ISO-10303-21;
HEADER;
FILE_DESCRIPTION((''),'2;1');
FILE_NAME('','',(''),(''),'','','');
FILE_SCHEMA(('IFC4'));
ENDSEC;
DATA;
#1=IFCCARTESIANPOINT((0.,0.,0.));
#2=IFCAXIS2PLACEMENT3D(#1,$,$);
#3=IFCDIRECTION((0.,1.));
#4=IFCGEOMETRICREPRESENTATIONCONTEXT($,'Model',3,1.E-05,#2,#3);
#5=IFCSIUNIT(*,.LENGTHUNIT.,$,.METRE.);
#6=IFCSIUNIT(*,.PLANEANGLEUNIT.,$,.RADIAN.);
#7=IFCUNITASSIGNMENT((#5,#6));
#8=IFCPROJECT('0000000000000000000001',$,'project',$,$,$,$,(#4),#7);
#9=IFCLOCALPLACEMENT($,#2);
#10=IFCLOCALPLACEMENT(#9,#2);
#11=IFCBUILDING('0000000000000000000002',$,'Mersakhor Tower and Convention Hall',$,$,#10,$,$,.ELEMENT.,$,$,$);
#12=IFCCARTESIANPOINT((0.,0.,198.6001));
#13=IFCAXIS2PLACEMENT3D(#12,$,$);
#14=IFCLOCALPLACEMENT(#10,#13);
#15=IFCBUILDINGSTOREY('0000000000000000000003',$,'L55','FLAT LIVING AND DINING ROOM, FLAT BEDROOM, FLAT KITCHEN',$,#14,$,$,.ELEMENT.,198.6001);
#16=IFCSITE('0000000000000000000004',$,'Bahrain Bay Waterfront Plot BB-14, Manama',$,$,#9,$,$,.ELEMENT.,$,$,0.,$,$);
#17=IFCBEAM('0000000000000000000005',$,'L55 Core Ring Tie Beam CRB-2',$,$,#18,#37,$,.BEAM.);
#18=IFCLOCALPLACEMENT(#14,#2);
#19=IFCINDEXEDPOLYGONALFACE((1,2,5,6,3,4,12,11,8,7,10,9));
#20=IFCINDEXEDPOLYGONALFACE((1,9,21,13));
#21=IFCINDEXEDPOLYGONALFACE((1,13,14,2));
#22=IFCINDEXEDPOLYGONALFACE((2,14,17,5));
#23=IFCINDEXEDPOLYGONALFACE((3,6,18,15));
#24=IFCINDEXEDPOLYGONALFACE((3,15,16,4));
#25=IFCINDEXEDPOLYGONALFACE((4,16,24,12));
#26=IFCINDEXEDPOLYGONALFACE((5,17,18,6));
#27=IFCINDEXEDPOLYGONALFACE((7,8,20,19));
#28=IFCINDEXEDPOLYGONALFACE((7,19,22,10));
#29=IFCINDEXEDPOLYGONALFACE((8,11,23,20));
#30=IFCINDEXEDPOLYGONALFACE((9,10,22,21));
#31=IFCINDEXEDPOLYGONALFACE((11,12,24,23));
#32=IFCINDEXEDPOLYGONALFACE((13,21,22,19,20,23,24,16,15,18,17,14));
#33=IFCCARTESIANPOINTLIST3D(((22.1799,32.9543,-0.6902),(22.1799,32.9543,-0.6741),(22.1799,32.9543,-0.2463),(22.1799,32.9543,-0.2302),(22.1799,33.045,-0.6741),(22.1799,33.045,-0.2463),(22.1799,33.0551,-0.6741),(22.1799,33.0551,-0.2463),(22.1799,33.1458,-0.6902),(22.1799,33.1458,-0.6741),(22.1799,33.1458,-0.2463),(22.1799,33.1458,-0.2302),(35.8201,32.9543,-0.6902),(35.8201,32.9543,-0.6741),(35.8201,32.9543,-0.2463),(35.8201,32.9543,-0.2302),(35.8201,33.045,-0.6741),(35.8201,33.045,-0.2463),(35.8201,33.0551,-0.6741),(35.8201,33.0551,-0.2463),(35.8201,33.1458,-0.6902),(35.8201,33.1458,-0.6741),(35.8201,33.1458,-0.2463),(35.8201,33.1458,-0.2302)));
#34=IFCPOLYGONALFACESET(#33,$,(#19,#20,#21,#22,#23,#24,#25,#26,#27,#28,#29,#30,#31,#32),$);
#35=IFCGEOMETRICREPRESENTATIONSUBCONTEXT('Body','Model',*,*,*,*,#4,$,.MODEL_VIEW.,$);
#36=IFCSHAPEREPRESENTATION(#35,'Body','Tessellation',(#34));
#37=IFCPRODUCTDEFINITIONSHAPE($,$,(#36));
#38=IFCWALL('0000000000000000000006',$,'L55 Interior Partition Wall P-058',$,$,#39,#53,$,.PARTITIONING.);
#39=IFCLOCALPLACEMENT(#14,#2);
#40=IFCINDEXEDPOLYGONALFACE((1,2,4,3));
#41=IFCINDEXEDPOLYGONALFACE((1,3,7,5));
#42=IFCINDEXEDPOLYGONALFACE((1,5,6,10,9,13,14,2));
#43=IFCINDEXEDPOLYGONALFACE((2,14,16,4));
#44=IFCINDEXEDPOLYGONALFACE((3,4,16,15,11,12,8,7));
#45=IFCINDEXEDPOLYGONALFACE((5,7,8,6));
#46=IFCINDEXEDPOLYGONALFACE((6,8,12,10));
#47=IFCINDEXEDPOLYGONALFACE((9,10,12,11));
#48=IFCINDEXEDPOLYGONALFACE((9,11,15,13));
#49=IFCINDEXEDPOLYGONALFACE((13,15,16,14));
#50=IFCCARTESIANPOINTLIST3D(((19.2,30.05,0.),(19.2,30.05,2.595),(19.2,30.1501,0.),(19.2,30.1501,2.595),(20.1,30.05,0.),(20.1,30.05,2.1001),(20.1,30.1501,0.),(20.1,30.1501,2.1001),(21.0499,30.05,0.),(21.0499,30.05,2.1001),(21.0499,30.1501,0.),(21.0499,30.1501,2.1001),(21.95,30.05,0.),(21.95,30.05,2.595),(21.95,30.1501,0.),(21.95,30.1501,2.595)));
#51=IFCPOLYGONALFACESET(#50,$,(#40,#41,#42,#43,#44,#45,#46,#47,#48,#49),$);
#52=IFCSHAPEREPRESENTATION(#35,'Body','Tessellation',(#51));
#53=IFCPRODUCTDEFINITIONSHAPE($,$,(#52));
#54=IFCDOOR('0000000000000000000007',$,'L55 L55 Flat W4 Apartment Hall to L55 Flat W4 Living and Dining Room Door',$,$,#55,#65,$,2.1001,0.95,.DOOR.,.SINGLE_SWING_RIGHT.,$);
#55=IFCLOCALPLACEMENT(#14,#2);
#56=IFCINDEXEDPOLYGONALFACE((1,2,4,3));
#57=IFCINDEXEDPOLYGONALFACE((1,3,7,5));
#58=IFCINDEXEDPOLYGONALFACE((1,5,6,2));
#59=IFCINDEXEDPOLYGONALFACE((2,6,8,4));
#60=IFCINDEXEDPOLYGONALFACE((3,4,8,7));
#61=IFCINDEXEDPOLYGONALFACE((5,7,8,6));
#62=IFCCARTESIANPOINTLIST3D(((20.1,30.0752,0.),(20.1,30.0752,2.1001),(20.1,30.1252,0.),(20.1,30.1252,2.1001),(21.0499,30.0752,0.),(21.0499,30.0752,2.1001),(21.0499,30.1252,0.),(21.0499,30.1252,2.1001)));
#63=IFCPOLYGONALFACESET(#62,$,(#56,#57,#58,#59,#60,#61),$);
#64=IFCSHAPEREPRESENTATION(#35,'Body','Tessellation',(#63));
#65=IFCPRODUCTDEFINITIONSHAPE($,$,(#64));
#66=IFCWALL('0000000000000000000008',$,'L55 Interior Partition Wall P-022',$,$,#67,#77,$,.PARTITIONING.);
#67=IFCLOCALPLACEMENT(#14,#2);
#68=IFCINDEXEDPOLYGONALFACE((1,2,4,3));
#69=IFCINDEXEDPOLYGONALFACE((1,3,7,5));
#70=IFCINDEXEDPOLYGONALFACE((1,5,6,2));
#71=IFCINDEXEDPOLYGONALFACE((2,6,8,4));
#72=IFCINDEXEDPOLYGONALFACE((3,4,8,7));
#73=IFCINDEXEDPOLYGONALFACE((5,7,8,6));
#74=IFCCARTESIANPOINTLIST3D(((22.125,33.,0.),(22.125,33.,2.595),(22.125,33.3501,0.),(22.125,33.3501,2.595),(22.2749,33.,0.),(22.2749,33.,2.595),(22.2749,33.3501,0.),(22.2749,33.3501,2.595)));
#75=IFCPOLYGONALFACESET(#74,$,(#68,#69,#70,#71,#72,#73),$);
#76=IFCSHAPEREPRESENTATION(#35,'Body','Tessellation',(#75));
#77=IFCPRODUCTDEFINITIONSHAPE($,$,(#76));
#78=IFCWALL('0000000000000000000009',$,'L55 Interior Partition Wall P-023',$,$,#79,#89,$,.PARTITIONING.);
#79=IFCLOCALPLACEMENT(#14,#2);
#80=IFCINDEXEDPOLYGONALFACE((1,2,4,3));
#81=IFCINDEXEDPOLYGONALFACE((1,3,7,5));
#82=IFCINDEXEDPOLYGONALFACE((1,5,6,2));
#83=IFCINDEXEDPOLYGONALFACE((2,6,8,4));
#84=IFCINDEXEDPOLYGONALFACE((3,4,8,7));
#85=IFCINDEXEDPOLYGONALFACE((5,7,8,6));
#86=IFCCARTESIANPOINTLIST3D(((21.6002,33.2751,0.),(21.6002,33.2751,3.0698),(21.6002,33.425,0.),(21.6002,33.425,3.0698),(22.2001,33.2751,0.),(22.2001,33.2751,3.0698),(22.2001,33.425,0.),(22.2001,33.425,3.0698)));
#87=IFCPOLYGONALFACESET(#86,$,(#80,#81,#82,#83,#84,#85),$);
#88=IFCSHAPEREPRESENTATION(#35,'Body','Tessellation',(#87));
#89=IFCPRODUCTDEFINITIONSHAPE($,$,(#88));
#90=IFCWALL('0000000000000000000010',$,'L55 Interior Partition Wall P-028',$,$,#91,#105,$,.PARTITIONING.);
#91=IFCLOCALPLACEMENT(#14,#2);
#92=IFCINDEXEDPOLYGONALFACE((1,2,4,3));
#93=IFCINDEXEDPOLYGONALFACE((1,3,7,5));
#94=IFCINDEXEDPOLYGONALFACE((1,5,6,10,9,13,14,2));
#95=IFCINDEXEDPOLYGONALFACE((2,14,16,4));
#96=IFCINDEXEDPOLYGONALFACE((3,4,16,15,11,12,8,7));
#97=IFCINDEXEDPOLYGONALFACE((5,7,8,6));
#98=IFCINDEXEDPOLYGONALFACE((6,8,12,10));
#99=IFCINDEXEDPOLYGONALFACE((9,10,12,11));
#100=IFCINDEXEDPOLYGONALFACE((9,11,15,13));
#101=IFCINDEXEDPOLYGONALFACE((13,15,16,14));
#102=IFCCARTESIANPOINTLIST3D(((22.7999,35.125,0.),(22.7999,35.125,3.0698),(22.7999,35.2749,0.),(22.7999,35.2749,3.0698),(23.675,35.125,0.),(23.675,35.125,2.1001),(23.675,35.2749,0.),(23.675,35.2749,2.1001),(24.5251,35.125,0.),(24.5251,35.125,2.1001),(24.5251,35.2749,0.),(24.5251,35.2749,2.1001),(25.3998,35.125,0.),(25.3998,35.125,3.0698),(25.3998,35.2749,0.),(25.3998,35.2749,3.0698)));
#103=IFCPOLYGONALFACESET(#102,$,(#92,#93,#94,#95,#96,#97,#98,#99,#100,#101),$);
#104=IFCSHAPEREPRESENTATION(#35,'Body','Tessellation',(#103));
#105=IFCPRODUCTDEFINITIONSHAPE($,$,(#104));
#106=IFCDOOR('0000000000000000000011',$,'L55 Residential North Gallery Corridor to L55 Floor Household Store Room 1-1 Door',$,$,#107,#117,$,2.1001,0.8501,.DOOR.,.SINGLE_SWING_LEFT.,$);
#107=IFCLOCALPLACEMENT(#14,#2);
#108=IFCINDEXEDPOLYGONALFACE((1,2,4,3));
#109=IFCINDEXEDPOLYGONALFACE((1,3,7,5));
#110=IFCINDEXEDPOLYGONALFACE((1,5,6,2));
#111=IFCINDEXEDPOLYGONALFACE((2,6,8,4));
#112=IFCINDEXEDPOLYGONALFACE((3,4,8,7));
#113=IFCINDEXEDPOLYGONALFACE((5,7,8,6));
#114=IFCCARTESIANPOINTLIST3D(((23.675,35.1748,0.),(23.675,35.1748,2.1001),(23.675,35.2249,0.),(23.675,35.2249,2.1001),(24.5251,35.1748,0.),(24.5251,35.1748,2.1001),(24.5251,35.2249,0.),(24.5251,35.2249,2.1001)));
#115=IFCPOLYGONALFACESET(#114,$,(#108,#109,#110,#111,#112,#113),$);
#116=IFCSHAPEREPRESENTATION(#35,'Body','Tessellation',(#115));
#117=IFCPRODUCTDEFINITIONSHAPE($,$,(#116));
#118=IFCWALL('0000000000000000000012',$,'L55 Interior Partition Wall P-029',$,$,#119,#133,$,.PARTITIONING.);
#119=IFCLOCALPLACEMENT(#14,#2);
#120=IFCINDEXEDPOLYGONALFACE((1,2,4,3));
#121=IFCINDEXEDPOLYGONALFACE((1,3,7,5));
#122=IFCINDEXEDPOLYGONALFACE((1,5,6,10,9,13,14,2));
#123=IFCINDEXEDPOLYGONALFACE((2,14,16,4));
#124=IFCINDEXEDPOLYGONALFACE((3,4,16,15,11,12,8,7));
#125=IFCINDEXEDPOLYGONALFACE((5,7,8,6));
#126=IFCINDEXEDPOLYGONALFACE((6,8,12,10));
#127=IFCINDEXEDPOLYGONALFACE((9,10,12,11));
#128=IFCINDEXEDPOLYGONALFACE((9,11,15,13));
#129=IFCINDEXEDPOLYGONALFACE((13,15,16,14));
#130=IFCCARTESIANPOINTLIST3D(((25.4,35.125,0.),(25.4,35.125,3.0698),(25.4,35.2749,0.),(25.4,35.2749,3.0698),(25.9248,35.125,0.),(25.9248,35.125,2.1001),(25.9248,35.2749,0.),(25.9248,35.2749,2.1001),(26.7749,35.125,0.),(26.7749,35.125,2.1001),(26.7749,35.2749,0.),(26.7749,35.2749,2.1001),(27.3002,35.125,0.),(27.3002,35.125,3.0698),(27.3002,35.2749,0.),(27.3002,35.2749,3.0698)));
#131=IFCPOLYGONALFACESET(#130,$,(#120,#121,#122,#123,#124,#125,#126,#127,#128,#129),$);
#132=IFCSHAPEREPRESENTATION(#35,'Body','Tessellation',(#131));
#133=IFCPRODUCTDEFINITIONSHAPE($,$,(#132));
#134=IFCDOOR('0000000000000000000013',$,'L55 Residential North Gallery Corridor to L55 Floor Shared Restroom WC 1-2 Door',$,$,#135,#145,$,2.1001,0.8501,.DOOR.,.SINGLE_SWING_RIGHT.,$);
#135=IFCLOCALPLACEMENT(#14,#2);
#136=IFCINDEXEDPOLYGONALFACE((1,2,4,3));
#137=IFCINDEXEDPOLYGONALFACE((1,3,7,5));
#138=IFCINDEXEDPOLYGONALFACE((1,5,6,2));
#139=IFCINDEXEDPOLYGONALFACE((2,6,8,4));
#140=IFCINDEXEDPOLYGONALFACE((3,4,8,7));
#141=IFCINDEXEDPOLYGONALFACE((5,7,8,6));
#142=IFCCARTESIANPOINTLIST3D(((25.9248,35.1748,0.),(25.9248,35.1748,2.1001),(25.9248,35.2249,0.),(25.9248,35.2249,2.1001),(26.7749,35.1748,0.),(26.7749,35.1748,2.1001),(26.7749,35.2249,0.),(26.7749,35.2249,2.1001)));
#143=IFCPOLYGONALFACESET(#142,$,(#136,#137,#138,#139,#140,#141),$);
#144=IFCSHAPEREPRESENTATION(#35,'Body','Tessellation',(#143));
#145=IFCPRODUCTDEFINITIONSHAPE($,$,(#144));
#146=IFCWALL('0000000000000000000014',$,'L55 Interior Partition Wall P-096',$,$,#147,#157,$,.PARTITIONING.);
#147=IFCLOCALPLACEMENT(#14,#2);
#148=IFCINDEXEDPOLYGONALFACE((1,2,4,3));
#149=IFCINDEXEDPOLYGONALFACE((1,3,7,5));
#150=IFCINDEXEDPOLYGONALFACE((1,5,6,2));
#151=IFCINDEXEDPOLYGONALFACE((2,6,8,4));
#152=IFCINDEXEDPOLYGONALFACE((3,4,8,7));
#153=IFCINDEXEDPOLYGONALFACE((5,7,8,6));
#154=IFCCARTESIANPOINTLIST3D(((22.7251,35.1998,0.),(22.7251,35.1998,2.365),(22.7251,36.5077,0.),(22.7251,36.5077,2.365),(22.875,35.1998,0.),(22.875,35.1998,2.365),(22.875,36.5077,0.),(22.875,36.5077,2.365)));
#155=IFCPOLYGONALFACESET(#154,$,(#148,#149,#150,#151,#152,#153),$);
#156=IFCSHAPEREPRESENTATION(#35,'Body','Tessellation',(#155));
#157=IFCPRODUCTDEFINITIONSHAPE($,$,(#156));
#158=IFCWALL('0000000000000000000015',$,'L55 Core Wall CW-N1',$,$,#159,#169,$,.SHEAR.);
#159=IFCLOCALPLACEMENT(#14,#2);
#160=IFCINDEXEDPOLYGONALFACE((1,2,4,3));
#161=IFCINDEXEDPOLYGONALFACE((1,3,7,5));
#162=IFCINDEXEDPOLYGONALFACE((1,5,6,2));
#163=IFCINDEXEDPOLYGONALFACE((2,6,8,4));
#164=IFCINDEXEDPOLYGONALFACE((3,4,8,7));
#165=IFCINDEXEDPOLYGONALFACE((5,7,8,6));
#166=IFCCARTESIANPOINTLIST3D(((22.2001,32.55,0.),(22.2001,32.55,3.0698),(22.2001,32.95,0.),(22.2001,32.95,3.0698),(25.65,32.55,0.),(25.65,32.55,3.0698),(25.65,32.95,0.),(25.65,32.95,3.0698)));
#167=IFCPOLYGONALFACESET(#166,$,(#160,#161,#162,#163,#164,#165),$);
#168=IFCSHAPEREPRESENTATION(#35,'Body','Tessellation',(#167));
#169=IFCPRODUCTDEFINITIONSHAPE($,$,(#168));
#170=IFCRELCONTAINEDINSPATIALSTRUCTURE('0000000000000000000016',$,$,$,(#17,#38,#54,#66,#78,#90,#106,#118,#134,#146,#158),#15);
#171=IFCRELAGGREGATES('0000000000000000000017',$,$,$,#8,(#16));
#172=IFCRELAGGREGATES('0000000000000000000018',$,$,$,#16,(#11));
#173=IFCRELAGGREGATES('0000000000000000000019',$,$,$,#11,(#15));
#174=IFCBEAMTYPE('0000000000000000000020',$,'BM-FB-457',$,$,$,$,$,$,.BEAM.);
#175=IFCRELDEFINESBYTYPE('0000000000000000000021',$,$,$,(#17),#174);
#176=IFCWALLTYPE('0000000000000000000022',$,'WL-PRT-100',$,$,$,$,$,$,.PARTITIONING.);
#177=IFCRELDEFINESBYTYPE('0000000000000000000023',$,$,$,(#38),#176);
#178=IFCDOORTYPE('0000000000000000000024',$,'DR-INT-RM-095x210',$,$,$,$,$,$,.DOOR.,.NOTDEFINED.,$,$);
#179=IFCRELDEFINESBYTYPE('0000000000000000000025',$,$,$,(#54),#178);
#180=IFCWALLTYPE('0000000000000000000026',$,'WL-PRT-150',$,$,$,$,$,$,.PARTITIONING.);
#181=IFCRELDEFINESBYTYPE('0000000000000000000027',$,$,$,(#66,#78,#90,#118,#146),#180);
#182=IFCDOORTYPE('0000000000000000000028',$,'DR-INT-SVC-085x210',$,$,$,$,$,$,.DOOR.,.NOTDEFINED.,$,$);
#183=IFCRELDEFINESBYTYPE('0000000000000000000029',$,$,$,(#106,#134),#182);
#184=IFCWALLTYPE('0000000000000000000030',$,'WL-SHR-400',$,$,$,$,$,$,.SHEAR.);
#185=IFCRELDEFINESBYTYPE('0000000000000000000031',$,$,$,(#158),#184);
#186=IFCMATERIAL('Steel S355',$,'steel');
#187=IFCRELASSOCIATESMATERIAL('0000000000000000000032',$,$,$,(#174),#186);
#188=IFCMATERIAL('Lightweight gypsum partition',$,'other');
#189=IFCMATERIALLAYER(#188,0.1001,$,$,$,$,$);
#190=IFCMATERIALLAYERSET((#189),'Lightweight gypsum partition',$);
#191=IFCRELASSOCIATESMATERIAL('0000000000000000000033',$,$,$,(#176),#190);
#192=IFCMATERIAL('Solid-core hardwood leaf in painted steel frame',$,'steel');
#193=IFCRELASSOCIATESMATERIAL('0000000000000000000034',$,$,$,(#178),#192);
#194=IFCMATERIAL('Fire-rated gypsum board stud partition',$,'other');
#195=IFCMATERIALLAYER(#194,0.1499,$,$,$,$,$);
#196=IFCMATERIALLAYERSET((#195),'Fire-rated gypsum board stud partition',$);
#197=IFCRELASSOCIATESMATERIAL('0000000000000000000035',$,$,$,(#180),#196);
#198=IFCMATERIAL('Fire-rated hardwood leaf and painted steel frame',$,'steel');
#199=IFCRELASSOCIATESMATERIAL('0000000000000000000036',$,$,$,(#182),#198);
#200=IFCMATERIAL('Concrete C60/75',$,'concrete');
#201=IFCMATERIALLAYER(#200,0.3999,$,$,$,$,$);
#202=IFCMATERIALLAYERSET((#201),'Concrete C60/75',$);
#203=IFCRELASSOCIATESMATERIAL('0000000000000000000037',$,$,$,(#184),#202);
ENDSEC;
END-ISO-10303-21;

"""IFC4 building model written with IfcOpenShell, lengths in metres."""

from ifc_helpers import new_model, si_unit, direction, frame, frame_2d, origin, origin_2d, place, context, subcontext, project, spatial, rectangle, i_section, extrude, material, layer, layer_set, material_profile, profile_set, type_object, element, fill, save


model = new_model("IFC4")

# Units and contexts
model_context = context("Model", 3, precision=1e-05, world=origin(), true_north=direction((0.0, 1.0)))
body_context = subcontext(model_context, "Body", "Model", "MODEL_VIEW")
ifc_project = project(units=[si_unit("LENGTHUNIT", "METRE"), si_unit("PLANEANGLEUNIT", "RADIAN")], contexts=[model_context])

# Site, building, storey
site_placement = place(None, origin())
site = spatial("IfcSite", under=ifc_project, at=site_placement, Name="Bahrain Bay Waterfront Plot BB-14, Manama", CompositionType="ELEMENT", RefElevation=0.0)
building_placement = place(site_placement, origin())
building = spatial("IfcBuilding", under=site, at=building_placement, Name="Mersakhor Tower and Convention Hall", CompositionType="ELEMENT")
storey_placement = place(building_placement, frame((0.0, 0.0, 198.6001)))
storey = spatial("IfcBuildingStorey", under=building, at=storey_placement, Name="L55", Description="FLAT LIVING AND DINING ROOM, FLAT BEDROOM, FLAT KITCHEN", CompositionType="ELEMENT", Elevation=198.6001)

# Beam
ifc_material_1 = material(Name="Steel S355", Category="steel")
ifc_material_profile = material_profile(ifc_material_1, i_section(OverallWidth=0.1914, OverallDepth=0.46, WebThickness=0.01, FlangeThickness=0.0161, at=origin_2d()), Name="UB 457x191x82")
ifc_profile_set = profile_set([ifc_material_profile], Name="Steel S355")
beam_type = type_object("IfcBeamType", Name="BM-FB-457", PredefinedType="BEAM", material=ifc_profile_set)
beam_placement = place(storey_placement, frame((22.1799, 33.05, -0.4602), z_axis=(1.0, 0.0, 0.0), x_axis=(0.0, 1.0, 0.0)))
element("IfcBeam", 1, at=beam_placement, inside=storey, type_object=beam_type, Name="L55 Core Ring Tie Beam CRB-2", PredefinedType="BEAM", context=body_context, shape_type="SweptSolid", body=[
    extrude(i_section(OverallWidth=0.1914, OverallDepth=0.46, WebThickness=0.01, FlangeThickness=0.0161, at=origin_2d()), origin(), (0.0, 0.0, 1.0), 13.6401),
])

# Wall, opening, door
ifc_material_2 = material(Name="Lightweight gypsum partition", Category="other")
ifc_layer_1 = layer(ifc_material_2, 0.1001)
ifc_layer_set_1 = layer_set([ifc_layer_1], Name="Lightweight gypsum partition")
wall_type_1 = type_object("IfcWallType", Name="WL-PRT-100", PredefinedType="PARTITIONING", material=ifc_layer_set_1)
wall_1_placement = place(storey_placement, frame((21.95, 30.1001, 0.0), z_axis=(0.0, 0.0, 1.0), x_axis=(-1.0, 0.0, 0.0)))
wall_1 = element("IfcWall", 2, at=wall_1_placement, inside=storey, type_object=wall_type_1, Name="L55 Interior Partition Wall P-058", PredefinedType="PARTITIONING", context=body_context, shape_type="SweptSolid", body=[
    extrude(rectangle(XDim=2.75, YDim=0.1001, at=frame_2d((1.375, 0.0))), origin(), (0.0, 0.0, 1.0), 2.595),
])
opening_1_placement = place(wall_1_placement, frame((0.8999, 0.0, 0.0)))
opening_1 = element("IfcOpeningElement", 3, at=opening_1_placement, cuts=wall_1, PredefinedType="OPENING", context=body_context, shape_type="SweptSolid", body=[
    extrude(rectangle(XDim=0.95, YDim=2.1001, at=frame_2d((0.4751, 1.05))), frame((0.0, 0.0601, 0.0), z_axis=(0.0, -1.0, 0.0), x_axis=(1.0, 0.0, 0.0)), (0.0, 0.0, 1.0), 0.1201),
])
ifc_material_3 = material(Name="Solid-core hardwood leaf in painted steel frame", Category="steel")
door_type_1 = type_object("IfcDoorType", Name="DR-INT-RM-095x210", OperationType="NOTDEFINED", PredefinedType="DOOR", material=ifc_material_3)
door_1_placement = place(opening_1_placement, origin())
door_1 = element("IfcDoor", 4, at=door_1_placement, inside=storey, type_object=door_type_1, Name="L55 L55 Flat W4 Apartment Hall to L55 Flat W4 Living and Dining Room Door", OperationType="SINGLE_SWING_RIGHT", OverallHeight=2.1001, OverallWidth=0.95, PredefinedType="DOOR", context=body_context, shape_type="SweptSolid", body=[
    extrude(rectangle(XDim=0.95, YDim=2.1001, at=frame_2d((0.4751, 1.05))), frame((0.0, 0.0249, 0.0), z_axis=(0.0, -1.0, 0.0), x_axis=(1.0, 0.0, 0.0)), (0.0, 0.0, 1.0), 0.05),
])
fill(opening_1, door_1)

# Walls
ifc_material_4 = material(Name="Fire-rated gypsum board stud partition", Category="other")
ifc_layer_2 = layer(ifc_material_4, 0.1499)
ifc_layer_set_2 = layer_set([ifc_layer_2], Name="Fire-rated gypsum board stud partition")
wall_type_2 = type_object("IfcWallType", Name="WL-PRT-150", PredefinedType="PARTITIONING", material=ifc_layer_set_2)
wall_2_placement = place(storey_placement, frame((22.2, 33.0, 0.0), z_axis=(0.0, 0.0, 1.0), x_axis=(0.0, 1.0, 0.0)))
element("IfcWall", 5, at=wall_2_placement, inside=storey, type_object=wall_type_2, Name="L55 Interior Partition Wall P-022", PredefinedType="PARTITIONING", context=body_context, shape_type="SweptSolid", body=[
    extrude(rectangle(XDim=0.3501, YDim=0.1499, at=frame_2d((0.175, 0.0))), origin(), (0.0, 0.0, 1.0), 2.595),
])
wall_3_placement = place(storey_placement, frame((22.2, 33.3501, 0.0), z_axis=(0.0, 0.0, 1.0), x_axis=(-1.0, 0.0, 0.0)))
element("IfcWall", 6, at=wall_3_placement, inside=storey, type_object=wall_type_2, Name="L55 Interior Partition Wall P-023", PredefinedType="PARTITIONING", context=body_context, shape_type="SweptSolid", body=[
    extrude(rectangle(XDim=0.5999, YDim=0.1499, at=frame_2d((0.2998, 0.0))), origin(), (0.0, 0.0, 1.0), 3.0698),
])

# Walls, openings, doors
wall_4_placement = place(storey_placement, frame((22.8, 35.2, 0.0), z_axis=(0.0, 0.0, 1.0), x_axis=(1.0, 0.0, 0.0)))
wall_4 = element("IfcWall", 7, at=wall_4_placement, inside=storey, type_object=wall_type_2, Name="L55 Interior Partition Wall P-028", PredefinedType="PARTITIONING", context=body_context, shape_type="SweptSolid", body=[
    extrude(rectangle(XDim=2.5999, YDim=0.1499, at=frame_2d((1.2998, 0.0))), origin(), (0.0, 0.0, 1.0), 3.0698),
])
opening_2_placement = place(wall_4_placement, frame((0.875, 0.0, 0.0)))
opening_2 = element("IfcOpeningElement", 8, at=opening_2_placement, cuts=wall_4, PredefinedType="OPENING", context=body_context, shape_type="SweptSolid", body=[
    extrude(rectangle(XDim=0.8501, YDim=2.1001, at=frame_2d((0.425, 1.05))), frame((0.0, 0.085, 0.0), z_axis=(0.0, -1.0, 0.0), x_axis=(1.0, 0.0, 0.0)), (0.0, 0.0, 1.0), 0.1699),
])
ifc_material_5 = material(Name="Fire-rated hardwood leaf and painted steel frame", Category="steel")
door_type_2 = type_object("IfcDoorType", Name="DR-INT-SVC-085x210", OperationType="NOTDEFINED", PredefinedType="DOOR", material=ifc_material_5)
door_2_placement = place(opening_2_placement, origin())
door_2 = element("IfcDoor", 9, at=door_2_placement, inside=storey, type_object=door_type_2, Name="L55 Residential North Gallery Corridor to L55 Floor Household Store Room 1-1 Door", OperationType="SINGLE_SWING_LEFT", OverallHeight=2.1001, OverallWidth=0.8501, PredefinedType="DOOR", context=body_context, shape_type="SweptSolid", body=[
    extrude(rectangle(XDim=0.8501, YDim=2.1001, at=frame_2d((0.425, 1.05))), frame((0.0, 0.0249, 0.0), z_axis=(0.0, -1.0, 0.0), x_axis=(1.0, 0.0, 0.0)), (0.0, 0.0, 1.0), 0.05),
])
fill(opening_2, door_2)
wall_5_placement = place(storey_placement, frame((25.3999, 35.2, 0.0), z_axis=(0.0, 0.0, 1.0), x_axis=(1.0, 0.0, 0.0)))
wall_5 = element("IfcWall", 10, at=wall_5_placement, inside=storey, type_object=wall_type_2, Name="L55 Interior Partition Wall P-029", PredefinedType="PARTITIONING", context=body_context, shape_type="SweptSolid", body=[
    extrude(rectangle(XDim=1.9001, YDim=0.1499, at=frame_2d((0.9502, 0.0))), origin(), (0.0, 0.0, 1.0), 3.0698),
])
opening_3_placement = place(wall_5_placement, frame((0.5249, 0.0, 0.0)))
opening_3 = element("IfcOpeningElement", 11, at=opening_3_placement, cuts=wall_5, PredefinedType="OPENING", context=body_context, shape_type="SweptSolid", body=[
    extrude(rectangle(XDim=0.8501, YDim=2.1001, at=frame_2d((0.425, 1.05))), frame((0.0, 0.085, 0.0), z_axis=(0.0, -1.0, 0.0), x_axis=(1.0, 0.0, 0.0)), (0.0, 0.0, 1.0), 0.1699),
])
door_3_placement = place(opening_3_placement, origin())
door_3 = element("IfcDoor", 12, at=door_3_placement, inside=storey, type_object=door_type_2, Name="L55 Residential North Gallery Corridor to L55 Floor Shared Restroom WC 1-2 Door", OperationType="SINGLE_SWING_RIGHT", OverallHeight=2.1001, OverallWidth=0.8501, PredefinedType="DOOR", context=body_context, shape_type="SweptSolid", body=[
    extrude(rectangle(XDim=0.8501, YDim=2.1001, at=frame_2d((0.425, 1.05))), frame((0.0, 0.0249, 0.0), z_axis=(0.0, -1.0, 0.0), x_axis=(1.0, 0.0, 0.0)), (0.0, 0.0, 1.0), 0.05),
])
fill(opening_3, door_3)

# Walls
wall_6_placement = place(storey_placement, frame((22.8, 35.2, 0.0), z_axis=(0.0, 0.0, 1.0), x_axis=(0.0, 1.0, 0.0)))
element("IfcWall", 13, at=wall_6_placement, inside=storey, type_object=wall_type_2, Name="L55 Interior Partition Wall P-096", PredefinedType="PARTITIONING", context=body_context, shape_type="SweptSolid", body=[
    extrude(rectangle(XDim=1.3079, YDim=0.1499, at=frame_2d((0.6538, 0.0))), origin(), (0.0, 0.0, 1.0), 2.365),
])
ifc_material_6 = material(Name="Concrete C60/75", Category="concrete")
ifc_layer_3 = layer(ifc_material_6, 0.3999)
ifc_layer_set_3 = layer_set([ifc_layer_3], Name="Concrete C60/75")
wall_type_3 = type_object("IfcWallType", Name="WL-SHR-400", PredefinedType="SHEAR", material=ifc_layer_set_3)
wall_7_placement = place(storey_placement, frame((22.2, 32.75, 0.0), z_axis=(0.0, 0.0, 1.0), x_axis=(1.0, 0.0, 0.0)))
element("IfcWall", 14, at=wall_7_placement, inside=storey, type_object=wall_type_3, Name="L55 Core Wall CW-N1", PredefinedType="SHEAR", context=body_context, shape_type="SweptSolid", body=[
    extrude(rectangle(XDim=3.45, YDim=0.3999, at=frame_2d((1.7251, 0.0))), origin(), (0.0, 0.0, 1.0), 3.0698),
])

save(model, "model.ifc")
